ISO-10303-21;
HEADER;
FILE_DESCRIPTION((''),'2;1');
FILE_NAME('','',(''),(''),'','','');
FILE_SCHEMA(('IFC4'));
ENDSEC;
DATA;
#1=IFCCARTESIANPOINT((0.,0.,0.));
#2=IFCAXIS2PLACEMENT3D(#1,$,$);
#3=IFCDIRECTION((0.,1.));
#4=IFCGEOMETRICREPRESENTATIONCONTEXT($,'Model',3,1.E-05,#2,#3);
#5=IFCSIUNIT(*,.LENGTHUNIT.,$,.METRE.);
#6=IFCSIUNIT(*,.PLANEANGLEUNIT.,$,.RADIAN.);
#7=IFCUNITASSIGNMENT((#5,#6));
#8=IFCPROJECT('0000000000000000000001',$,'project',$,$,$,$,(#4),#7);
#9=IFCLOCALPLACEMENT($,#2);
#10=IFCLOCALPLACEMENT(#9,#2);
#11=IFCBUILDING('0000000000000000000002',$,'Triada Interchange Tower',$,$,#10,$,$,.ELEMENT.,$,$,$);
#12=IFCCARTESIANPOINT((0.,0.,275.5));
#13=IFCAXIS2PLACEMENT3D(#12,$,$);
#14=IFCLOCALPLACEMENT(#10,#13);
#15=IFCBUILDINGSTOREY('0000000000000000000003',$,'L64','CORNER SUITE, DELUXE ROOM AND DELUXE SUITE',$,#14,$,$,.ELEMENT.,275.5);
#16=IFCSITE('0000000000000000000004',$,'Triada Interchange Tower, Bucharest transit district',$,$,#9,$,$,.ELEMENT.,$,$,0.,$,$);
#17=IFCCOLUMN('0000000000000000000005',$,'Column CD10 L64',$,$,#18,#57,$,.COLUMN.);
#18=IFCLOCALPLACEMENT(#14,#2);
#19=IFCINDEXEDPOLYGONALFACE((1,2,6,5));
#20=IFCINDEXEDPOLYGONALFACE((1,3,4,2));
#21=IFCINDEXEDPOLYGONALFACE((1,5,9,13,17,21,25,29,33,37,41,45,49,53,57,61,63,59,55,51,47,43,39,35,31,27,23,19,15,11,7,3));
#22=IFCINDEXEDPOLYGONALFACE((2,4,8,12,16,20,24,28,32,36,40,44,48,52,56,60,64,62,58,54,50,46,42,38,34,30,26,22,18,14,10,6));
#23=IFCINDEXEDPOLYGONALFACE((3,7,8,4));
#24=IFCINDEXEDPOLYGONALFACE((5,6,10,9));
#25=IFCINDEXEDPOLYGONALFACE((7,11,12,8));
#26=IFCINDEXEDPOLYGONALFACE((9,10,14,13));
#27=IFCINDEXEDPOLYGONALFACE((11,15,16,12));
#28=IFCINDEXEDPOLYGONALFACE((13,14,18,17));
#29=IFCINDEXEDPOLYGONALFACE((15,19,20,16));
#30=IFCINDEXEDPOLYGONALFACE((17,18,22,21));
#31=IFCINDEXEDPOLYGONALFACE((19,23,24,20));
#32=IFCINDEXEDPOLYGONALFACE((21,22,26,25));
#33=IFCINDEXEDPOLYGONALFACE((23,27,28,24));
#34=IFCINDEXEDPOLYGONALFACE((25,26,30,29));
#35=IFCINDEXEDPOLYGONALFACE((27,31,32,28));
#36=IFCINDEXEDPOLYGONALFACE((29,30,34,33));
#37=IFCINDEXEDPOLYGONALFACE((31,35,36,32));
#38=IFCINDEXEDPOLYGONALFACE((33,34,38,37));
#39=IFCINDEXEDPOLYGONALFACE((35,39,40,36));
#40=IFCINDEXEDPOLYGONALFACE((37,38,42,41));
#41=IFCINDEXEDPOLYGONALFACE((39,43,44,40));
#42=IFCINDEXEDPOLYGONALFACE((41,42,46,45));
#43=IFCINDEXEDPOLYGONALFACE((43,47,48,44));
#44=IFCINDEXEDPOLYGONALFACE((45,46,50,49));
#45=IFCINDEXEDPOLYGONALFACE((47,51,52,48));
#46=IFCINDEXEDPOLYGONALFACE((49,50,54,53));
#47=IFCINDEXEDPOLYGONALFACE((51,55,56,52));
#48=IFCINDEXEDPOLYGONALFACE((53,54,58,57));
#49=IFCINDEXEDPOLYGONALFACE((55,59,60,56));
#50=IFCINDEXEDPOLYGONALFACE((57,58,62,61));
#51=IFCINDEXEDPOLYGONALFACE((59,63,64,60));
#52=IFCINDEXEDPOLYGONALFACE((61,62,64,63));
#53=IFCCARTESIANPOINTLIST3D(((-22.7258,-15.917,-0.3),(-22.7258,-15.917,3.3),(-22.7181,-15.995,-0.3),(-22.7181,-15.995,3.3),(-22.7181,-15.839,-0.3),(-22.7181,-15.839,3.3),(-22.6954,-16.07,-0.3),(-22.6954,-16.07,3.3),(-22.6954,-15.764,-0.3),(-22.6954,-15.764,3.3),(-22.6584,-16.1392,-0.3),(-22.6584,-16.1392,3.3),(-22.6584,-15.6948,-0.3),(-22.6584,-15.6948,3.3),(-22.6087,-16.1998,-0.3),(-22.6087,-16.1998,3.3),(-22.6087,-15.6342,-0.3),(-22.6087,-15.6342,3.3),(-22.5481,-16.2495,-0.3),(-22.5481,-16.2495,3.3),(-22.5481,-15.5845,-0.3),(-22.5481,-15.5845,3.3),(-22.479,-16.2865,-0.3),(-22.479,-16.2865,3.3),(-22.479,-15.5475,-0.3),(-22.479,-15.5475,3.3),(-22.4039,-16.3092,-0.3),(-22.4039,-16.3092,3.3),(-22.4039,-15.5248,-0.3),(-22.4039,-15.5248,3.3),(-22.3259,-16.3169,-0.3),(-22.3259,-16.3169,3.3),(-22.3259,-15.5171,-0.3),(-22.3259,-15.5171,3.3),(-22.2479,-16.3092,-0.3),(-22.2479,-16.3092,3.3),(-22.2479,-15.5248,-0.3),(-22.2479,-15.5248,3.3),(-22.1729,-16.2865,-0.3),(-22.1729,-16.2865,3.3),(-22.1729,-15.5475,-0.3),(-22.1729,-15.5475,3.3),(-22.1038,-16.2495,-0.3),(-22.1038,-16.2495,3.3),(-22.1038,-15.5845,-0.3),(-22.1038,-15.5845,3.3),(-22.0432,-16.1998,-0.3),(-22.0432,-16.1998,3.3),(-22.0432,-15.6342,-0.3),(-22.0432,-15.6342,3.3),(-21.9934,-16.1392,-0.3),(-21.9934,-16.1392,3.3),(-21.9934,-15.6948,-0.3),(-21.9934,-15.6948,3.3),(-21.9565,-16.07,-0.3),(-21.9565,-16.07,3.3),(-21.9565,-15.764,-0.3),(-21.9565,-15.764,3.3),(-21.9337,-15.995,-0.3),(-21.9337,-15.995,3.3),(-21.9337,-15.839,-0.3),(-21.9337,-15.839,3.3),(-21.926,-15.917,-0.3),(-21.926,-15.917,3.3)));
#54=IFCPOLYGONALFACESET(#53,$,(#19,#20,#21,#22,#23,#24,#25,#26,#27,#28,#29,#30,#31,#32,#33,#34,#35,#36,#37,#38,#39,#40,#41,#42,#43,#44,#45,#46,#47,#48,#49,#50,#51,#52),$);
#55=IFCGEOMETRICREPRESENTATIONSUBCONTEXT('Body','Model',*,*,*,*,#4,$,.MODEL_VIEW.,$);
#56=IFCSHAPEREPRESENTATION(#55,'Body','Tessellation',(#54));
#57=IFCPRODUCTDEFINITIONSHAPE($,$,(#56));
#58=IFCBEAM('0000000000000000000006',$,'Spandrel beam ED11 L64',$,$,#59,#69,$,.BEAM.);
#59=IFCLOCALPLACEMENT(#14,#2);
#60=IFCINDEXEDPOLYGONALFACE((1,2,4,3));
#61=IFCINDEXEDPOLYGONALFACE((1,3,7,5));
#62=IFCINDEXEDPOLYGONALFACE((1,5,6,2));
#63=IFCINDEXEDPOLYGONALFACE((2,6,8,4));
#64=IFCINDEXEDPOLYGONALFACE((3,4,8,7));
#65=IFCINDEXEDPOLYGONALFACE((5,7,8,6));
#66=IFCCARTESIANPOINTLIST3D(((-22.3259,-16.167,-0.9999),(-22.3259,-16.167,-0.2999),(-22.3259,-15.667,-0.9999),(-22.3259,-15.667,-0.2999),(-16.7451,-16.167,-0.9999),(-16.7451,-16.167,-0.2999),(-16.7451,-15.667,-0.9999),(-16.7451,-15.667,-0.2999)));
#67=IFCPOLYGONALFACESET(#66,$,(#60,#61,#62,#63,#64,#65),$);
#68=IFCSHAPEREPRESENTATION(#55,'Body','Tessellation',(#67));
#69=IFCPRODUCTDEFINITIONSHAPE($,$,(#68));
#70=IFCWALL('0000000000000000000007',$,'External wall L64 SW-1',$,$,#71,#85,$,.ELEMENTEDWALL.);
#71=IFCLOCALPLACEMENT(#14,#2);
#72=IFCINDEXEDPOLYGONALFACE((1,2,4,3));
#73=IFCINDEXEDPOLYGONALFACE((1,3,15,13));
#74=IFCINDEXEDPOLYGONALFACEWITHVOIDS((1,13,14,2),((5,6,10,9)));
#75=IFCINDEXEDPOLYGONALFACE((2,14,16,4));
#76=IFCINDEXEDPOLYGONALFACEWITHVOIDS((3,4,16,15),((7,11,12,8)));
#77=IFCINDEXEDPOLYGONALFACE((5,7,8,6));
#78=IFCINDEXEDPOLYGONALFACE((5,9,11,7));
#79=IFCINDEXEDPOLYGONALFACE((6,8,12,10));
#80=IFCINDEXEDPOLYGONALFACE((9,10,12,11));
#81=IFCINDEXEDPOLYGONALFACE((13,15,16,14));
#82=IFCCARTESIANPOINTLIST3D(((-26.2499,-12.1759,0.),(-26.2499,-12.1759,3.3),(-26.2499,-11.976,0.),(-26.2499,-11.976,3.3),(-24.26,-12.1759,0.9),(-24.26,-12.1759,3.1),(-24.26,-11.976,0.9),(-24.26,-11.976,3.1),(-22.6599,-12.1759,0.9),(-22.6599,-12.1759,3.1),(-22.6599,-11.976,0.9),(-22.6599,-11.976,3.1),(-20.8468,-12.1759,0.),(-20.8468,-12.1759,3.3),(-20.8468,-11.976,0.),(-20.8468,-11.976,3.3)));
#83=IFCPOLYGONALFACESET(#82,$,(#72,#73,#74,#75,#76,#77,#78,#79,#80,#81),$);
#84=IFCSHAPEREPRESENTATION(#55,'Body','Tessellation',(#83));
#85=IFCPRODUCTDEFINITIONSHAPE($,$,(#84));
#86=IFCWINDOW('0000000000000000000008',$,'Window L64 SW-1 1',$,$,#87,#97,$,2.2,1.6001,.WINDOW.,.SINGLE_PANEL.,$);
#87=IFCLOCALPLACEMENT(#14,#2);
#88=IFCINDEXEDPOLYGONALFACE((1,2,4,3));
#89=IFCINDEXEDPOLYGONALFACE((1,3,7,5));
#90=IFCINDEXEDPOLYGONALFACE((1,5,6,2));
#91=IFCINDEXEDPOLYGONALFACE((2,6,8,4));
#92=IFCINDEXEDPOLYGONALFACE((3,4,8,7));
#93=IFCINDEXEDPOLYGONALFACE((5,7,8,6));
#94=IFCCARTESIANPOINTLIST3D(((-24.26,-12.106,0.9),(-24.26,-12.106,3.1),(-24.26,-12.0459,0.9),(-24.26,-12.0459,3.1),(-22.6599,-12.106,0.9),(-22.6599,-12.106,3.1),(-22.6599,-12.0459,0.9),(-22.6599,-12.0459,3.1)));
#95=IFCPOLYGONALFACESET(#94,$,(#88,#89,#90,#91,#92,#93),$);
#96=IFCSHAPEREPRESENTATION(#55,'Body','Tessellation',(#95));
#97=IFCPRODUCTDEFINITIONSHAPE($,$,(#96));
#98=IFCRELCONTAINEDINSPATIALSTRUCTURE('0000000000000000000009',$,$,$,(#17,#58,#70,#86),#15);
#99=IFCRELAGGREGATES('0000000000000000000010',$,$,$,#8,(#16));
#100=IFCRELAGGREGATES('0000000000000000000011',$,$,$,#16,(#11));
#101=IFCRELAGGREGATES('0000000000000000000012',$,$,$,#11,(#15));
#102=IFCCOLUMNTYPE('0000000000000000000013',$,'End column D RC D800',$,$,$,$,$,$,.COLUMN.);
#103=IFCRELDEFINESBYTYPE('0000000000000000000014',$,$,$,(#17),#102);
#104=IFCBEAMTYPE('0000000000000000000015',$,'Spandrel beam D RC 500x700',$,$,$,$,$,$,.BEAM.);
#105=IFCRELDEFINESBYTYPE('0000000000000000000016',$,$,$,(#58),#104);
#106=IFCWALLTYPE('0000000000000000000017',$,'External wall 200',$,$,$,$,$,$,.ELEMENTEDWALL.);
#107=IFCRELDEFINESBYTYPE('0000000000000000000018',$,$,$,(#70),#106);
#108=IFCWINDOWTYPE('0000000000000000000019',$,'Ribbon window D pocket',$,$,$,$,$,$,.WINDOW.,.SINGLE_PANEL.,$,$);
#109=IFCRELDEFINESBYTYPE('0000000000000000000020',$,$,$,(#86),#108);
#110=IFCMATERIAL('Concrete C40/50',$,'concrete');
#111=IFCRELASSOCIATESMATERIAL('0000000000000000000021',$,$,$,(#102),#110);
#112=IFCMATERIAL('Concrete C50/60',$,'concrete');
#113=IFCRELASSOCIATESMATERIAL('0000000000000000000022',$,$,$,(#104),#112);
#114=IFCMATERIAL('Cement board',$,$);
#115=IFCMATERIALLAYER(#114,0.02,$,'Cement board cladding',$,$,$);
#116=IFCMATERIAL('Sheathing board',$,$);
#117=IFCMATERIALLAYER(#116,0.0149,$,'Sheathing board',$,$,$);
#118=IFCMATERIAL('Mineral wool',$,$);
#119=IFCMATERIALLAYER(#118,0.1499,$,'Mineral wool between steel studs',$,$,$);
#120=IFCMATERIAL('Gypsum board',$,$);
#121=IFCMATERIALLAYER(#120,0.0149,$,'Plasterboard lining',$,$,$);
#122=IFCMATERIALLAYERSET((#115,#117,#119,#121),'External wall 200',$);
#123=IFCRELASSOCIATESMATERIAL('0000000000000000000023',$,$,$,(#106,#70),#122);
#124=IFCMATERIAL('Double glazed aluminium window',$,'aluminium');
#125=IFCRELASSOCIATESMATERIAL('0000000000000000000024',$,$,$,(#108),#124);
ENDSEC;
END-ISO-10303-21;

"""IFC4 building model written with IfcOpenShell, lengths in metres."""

from ifc_helpers import new_model, si_unit, direction, frame, frame_2d, origin, origin_2d, place, context, subcontext, project, spatial, rectangle, circle, extrude, material, layer, layer_set, layer_usage, material_profile, profile_set, type_object, element, fill, save


model = new_model("IFC4")

# Units and contexts
model_context = context("Model", 3, precision=1e-05, world=origin(), true_north=direction((0.0, 1.0)))
body_context = subcontext(model_context, "Body", "Model", "MODEL_VIEW")
ifc_project = project(units=[si_unit("LENGTHUNIT", "METRE"), si_unit("PLANEANGLEUNIT", "RADIAN")], contexts=[model_context])

# Site, building, storey
site_placement = place(None, origin())
site = spatial("IfcSite", under=ifc_project, at=site_placement, Name="Triada Interchange Tower, Bucharest transit district", CompositionType="ELEMENT", RefElevation=0.0)
building_placement = place(site_placement, origin())
building = spatial("IfcBuilding", under=site, at=building_placement, Name="Triada Interchange Tower", CompositionType="ELEMENT")
storey_placement = place(building_placement, frame((0.0, 0.0, 275.5)))
storey = spatial("IfcBuildingStorey", under=building, at=storey_placement, Name="L64", Description="CORNER SUITE, DELUXE ROOM AND DELUXE SUITE", CompositionType="ELEMENT", Elevation=275.5)

# Column
ifc_material_1 = material(Name="Concrete C40/50", Category="concrete")
ifc_material_profile_1 = material_profile(ifc_material_1, circle(Radius=0.3999, at=origin_2d()), Name="RC D800")
ifc_profile_set_1 = profile_set([ifc_material_profile_1], Name="Concrete C40/50")
column_type = type_object("IfcColumnType", Name="End column D RC D800", PredefinedType="COLUMN", material=ifc_profile_set_1)
column_placement = place(storey_placement, frame((-22.3259, -15.917, -0.3), z_axis=(0.0, 0.0, 1.0), x_axis=(1.0, 0.0, 0.0)))
element("IfcColumn", 1, at=column_placement, inside=storey, type_object=column_type, Name="Column CD10 L64", PredefinedType="COLUMN", context=body_context, shape_type="SweptSolid", body=[
    extrude(circle(Radius=0.3999, at=origin_2d()), origin(), (0.0, 0.0, 1.0), 3.6001),
])

# Beam
ifc_material_2 = material(Name="Concrete C50/60", Category="concrete")
ifc_material_profile_2 = material_profile(ifc_material_2, rectangle(XDim=0.5, YDim=0.7, at=origin_2d()), Name="RC 500x700")
ifc_profile_set_2 = profile_set([ifc_material_profile_2], Name="Concrete C50/60")
beam_type = type_object("IfcBeamType", Name="Spandrel beam D RC 500x700", PredefinedType="BEAM", material=ifc_profile_set_2)
beam_placement = place(storey_placement, frame((-22.3259, -15.917, -0.6499), z_axis=(1.0, 0.0, 0.0), x_axis=(0.0, 1.0, 0.0)))
element("IfcBeam", 2, at=beam_placement, inside=storey, type_object=beam_type, Name="Spandrel beam ED11 L64", PredefinedType="BEAM", context=body_context, shape_type="SweptSolid", body=[
    extrude(rectangle(XDim=0.5, YDim=0.7, at=origin_2d()), origin(), (0.0, 0.0, 1.0), 5.5808),
])

# Wall, opening, window
ifc_material_3 = material(Name="Cement board")
ifc_layer_1 = layer(ifc_material_3, 0.02, Name="Cement board cladding")
ifc_material_4 = material(Name="Sheathing board")
ifc_layer_2 = layer(ifc_material_4, 0.0149, Name="Sheathing board")
ifc_material_5 = material(Name="Mineral wool")
ifc_layer_3 = layer(ifc_material_5, 0.1499, Name="Mineral wool between steel studs")
ifc_material_6 = material(Name="Gypsum board")
ifc_layer_4 = layer(ifc_material_6, 0.0149, Name="Plasterboard lining")
ifc_layer_set_1 = layer_set([ifc_layer_1, ifc_layer_2, ifc_layer_3, ifc_layer_4], Name="External wall 200")
ifc_layer_usage = layer_usage(ifc_layer_set_1, "AXIS2", "POSITIVE", -0.1001)
wall_type = type_object("IfcWallType", Name="External wall 200", PredefinedType="ELEMENTEDWALL", material=ifc_layer_set_1)
wall_1_placement = place(storey_placement, frame((-26.25, -12.0759, 0.0), z_axis=(0.0, 0.0, 1.0), x_axis=(1.0, 0.0, 0.0)))
wall_1 = element("IfcWall", 3, at=wall_1_placement, inside=storey, type_object=wall_type, material=ifc_layer_usage, Name="External wall L64 SW-1", PredefinedType="ELEMENTEDWALL", context=body_context, shape_type="SweptSolid", body=[
    extrude(rectangle(XDim=5.4031, YDim=0.2, at=frame_2d((2.7017, 0.0))), origin(), (0.0, 0.0, 1.0), 3.3),
])
opening_1_placement = place(wall_1_placement, frame((1.99, 0.0, 0.8999)))
opening_1 = element("IfcOpeningElement", 4, at=opening_1_placement, cuts=wall_1, PredefinedType="OPENING", context=body_context, shape_type="SweptSolid", body=[
    extrude(rectangle(XDim=1.6001, YDim=2.2, at=frame_2d((0.8, 1.1001))), frame((0.0, 0.1099, 0.0), z_axis=(0.0, -1.0, 0.0), x_axis=(1.0, 0.0, 0.0)), (0.0, 0.0, 1.0), 0.22),
])
ifc_material_7 = material(Name="Double glazed aluminium window", Category="aluminium")
window_type_1 = type_object("IfcWindowType", Name="Ribbon window D pocket", PartitioningType="SINGLE_PANEL", PredefinedType="WINDOW", material=ifc_material_7)
window_1_placement = place(opening_1_placement, origin())
window_1 = element("IfcWindow", 5, at=window_1_placement, inside=storey, type_object=window_type_1, Name="Window L64 SW-1 1", OverallHeight=2.2, OverallWidth=1.6001, PartitioningType="SINGLE_PANEL", PredefinedType="WINDOW", context=body_context, shape_type="SweptSolid", body=[
    extrude(rectangle(XDim=1.6001, YDim=2.2, at=frame_2d((0.8, 1.1001))), frame((0.0, 0.03, 0.0), z_axis=(0.0, -1.0, 0.0), x_axis=(1.0, 0.0, 0.0)), (0.0, 0.0, 1.0), 0.0601),
])
fill(opening_1, window_1)

save(model, "model.ifc")
